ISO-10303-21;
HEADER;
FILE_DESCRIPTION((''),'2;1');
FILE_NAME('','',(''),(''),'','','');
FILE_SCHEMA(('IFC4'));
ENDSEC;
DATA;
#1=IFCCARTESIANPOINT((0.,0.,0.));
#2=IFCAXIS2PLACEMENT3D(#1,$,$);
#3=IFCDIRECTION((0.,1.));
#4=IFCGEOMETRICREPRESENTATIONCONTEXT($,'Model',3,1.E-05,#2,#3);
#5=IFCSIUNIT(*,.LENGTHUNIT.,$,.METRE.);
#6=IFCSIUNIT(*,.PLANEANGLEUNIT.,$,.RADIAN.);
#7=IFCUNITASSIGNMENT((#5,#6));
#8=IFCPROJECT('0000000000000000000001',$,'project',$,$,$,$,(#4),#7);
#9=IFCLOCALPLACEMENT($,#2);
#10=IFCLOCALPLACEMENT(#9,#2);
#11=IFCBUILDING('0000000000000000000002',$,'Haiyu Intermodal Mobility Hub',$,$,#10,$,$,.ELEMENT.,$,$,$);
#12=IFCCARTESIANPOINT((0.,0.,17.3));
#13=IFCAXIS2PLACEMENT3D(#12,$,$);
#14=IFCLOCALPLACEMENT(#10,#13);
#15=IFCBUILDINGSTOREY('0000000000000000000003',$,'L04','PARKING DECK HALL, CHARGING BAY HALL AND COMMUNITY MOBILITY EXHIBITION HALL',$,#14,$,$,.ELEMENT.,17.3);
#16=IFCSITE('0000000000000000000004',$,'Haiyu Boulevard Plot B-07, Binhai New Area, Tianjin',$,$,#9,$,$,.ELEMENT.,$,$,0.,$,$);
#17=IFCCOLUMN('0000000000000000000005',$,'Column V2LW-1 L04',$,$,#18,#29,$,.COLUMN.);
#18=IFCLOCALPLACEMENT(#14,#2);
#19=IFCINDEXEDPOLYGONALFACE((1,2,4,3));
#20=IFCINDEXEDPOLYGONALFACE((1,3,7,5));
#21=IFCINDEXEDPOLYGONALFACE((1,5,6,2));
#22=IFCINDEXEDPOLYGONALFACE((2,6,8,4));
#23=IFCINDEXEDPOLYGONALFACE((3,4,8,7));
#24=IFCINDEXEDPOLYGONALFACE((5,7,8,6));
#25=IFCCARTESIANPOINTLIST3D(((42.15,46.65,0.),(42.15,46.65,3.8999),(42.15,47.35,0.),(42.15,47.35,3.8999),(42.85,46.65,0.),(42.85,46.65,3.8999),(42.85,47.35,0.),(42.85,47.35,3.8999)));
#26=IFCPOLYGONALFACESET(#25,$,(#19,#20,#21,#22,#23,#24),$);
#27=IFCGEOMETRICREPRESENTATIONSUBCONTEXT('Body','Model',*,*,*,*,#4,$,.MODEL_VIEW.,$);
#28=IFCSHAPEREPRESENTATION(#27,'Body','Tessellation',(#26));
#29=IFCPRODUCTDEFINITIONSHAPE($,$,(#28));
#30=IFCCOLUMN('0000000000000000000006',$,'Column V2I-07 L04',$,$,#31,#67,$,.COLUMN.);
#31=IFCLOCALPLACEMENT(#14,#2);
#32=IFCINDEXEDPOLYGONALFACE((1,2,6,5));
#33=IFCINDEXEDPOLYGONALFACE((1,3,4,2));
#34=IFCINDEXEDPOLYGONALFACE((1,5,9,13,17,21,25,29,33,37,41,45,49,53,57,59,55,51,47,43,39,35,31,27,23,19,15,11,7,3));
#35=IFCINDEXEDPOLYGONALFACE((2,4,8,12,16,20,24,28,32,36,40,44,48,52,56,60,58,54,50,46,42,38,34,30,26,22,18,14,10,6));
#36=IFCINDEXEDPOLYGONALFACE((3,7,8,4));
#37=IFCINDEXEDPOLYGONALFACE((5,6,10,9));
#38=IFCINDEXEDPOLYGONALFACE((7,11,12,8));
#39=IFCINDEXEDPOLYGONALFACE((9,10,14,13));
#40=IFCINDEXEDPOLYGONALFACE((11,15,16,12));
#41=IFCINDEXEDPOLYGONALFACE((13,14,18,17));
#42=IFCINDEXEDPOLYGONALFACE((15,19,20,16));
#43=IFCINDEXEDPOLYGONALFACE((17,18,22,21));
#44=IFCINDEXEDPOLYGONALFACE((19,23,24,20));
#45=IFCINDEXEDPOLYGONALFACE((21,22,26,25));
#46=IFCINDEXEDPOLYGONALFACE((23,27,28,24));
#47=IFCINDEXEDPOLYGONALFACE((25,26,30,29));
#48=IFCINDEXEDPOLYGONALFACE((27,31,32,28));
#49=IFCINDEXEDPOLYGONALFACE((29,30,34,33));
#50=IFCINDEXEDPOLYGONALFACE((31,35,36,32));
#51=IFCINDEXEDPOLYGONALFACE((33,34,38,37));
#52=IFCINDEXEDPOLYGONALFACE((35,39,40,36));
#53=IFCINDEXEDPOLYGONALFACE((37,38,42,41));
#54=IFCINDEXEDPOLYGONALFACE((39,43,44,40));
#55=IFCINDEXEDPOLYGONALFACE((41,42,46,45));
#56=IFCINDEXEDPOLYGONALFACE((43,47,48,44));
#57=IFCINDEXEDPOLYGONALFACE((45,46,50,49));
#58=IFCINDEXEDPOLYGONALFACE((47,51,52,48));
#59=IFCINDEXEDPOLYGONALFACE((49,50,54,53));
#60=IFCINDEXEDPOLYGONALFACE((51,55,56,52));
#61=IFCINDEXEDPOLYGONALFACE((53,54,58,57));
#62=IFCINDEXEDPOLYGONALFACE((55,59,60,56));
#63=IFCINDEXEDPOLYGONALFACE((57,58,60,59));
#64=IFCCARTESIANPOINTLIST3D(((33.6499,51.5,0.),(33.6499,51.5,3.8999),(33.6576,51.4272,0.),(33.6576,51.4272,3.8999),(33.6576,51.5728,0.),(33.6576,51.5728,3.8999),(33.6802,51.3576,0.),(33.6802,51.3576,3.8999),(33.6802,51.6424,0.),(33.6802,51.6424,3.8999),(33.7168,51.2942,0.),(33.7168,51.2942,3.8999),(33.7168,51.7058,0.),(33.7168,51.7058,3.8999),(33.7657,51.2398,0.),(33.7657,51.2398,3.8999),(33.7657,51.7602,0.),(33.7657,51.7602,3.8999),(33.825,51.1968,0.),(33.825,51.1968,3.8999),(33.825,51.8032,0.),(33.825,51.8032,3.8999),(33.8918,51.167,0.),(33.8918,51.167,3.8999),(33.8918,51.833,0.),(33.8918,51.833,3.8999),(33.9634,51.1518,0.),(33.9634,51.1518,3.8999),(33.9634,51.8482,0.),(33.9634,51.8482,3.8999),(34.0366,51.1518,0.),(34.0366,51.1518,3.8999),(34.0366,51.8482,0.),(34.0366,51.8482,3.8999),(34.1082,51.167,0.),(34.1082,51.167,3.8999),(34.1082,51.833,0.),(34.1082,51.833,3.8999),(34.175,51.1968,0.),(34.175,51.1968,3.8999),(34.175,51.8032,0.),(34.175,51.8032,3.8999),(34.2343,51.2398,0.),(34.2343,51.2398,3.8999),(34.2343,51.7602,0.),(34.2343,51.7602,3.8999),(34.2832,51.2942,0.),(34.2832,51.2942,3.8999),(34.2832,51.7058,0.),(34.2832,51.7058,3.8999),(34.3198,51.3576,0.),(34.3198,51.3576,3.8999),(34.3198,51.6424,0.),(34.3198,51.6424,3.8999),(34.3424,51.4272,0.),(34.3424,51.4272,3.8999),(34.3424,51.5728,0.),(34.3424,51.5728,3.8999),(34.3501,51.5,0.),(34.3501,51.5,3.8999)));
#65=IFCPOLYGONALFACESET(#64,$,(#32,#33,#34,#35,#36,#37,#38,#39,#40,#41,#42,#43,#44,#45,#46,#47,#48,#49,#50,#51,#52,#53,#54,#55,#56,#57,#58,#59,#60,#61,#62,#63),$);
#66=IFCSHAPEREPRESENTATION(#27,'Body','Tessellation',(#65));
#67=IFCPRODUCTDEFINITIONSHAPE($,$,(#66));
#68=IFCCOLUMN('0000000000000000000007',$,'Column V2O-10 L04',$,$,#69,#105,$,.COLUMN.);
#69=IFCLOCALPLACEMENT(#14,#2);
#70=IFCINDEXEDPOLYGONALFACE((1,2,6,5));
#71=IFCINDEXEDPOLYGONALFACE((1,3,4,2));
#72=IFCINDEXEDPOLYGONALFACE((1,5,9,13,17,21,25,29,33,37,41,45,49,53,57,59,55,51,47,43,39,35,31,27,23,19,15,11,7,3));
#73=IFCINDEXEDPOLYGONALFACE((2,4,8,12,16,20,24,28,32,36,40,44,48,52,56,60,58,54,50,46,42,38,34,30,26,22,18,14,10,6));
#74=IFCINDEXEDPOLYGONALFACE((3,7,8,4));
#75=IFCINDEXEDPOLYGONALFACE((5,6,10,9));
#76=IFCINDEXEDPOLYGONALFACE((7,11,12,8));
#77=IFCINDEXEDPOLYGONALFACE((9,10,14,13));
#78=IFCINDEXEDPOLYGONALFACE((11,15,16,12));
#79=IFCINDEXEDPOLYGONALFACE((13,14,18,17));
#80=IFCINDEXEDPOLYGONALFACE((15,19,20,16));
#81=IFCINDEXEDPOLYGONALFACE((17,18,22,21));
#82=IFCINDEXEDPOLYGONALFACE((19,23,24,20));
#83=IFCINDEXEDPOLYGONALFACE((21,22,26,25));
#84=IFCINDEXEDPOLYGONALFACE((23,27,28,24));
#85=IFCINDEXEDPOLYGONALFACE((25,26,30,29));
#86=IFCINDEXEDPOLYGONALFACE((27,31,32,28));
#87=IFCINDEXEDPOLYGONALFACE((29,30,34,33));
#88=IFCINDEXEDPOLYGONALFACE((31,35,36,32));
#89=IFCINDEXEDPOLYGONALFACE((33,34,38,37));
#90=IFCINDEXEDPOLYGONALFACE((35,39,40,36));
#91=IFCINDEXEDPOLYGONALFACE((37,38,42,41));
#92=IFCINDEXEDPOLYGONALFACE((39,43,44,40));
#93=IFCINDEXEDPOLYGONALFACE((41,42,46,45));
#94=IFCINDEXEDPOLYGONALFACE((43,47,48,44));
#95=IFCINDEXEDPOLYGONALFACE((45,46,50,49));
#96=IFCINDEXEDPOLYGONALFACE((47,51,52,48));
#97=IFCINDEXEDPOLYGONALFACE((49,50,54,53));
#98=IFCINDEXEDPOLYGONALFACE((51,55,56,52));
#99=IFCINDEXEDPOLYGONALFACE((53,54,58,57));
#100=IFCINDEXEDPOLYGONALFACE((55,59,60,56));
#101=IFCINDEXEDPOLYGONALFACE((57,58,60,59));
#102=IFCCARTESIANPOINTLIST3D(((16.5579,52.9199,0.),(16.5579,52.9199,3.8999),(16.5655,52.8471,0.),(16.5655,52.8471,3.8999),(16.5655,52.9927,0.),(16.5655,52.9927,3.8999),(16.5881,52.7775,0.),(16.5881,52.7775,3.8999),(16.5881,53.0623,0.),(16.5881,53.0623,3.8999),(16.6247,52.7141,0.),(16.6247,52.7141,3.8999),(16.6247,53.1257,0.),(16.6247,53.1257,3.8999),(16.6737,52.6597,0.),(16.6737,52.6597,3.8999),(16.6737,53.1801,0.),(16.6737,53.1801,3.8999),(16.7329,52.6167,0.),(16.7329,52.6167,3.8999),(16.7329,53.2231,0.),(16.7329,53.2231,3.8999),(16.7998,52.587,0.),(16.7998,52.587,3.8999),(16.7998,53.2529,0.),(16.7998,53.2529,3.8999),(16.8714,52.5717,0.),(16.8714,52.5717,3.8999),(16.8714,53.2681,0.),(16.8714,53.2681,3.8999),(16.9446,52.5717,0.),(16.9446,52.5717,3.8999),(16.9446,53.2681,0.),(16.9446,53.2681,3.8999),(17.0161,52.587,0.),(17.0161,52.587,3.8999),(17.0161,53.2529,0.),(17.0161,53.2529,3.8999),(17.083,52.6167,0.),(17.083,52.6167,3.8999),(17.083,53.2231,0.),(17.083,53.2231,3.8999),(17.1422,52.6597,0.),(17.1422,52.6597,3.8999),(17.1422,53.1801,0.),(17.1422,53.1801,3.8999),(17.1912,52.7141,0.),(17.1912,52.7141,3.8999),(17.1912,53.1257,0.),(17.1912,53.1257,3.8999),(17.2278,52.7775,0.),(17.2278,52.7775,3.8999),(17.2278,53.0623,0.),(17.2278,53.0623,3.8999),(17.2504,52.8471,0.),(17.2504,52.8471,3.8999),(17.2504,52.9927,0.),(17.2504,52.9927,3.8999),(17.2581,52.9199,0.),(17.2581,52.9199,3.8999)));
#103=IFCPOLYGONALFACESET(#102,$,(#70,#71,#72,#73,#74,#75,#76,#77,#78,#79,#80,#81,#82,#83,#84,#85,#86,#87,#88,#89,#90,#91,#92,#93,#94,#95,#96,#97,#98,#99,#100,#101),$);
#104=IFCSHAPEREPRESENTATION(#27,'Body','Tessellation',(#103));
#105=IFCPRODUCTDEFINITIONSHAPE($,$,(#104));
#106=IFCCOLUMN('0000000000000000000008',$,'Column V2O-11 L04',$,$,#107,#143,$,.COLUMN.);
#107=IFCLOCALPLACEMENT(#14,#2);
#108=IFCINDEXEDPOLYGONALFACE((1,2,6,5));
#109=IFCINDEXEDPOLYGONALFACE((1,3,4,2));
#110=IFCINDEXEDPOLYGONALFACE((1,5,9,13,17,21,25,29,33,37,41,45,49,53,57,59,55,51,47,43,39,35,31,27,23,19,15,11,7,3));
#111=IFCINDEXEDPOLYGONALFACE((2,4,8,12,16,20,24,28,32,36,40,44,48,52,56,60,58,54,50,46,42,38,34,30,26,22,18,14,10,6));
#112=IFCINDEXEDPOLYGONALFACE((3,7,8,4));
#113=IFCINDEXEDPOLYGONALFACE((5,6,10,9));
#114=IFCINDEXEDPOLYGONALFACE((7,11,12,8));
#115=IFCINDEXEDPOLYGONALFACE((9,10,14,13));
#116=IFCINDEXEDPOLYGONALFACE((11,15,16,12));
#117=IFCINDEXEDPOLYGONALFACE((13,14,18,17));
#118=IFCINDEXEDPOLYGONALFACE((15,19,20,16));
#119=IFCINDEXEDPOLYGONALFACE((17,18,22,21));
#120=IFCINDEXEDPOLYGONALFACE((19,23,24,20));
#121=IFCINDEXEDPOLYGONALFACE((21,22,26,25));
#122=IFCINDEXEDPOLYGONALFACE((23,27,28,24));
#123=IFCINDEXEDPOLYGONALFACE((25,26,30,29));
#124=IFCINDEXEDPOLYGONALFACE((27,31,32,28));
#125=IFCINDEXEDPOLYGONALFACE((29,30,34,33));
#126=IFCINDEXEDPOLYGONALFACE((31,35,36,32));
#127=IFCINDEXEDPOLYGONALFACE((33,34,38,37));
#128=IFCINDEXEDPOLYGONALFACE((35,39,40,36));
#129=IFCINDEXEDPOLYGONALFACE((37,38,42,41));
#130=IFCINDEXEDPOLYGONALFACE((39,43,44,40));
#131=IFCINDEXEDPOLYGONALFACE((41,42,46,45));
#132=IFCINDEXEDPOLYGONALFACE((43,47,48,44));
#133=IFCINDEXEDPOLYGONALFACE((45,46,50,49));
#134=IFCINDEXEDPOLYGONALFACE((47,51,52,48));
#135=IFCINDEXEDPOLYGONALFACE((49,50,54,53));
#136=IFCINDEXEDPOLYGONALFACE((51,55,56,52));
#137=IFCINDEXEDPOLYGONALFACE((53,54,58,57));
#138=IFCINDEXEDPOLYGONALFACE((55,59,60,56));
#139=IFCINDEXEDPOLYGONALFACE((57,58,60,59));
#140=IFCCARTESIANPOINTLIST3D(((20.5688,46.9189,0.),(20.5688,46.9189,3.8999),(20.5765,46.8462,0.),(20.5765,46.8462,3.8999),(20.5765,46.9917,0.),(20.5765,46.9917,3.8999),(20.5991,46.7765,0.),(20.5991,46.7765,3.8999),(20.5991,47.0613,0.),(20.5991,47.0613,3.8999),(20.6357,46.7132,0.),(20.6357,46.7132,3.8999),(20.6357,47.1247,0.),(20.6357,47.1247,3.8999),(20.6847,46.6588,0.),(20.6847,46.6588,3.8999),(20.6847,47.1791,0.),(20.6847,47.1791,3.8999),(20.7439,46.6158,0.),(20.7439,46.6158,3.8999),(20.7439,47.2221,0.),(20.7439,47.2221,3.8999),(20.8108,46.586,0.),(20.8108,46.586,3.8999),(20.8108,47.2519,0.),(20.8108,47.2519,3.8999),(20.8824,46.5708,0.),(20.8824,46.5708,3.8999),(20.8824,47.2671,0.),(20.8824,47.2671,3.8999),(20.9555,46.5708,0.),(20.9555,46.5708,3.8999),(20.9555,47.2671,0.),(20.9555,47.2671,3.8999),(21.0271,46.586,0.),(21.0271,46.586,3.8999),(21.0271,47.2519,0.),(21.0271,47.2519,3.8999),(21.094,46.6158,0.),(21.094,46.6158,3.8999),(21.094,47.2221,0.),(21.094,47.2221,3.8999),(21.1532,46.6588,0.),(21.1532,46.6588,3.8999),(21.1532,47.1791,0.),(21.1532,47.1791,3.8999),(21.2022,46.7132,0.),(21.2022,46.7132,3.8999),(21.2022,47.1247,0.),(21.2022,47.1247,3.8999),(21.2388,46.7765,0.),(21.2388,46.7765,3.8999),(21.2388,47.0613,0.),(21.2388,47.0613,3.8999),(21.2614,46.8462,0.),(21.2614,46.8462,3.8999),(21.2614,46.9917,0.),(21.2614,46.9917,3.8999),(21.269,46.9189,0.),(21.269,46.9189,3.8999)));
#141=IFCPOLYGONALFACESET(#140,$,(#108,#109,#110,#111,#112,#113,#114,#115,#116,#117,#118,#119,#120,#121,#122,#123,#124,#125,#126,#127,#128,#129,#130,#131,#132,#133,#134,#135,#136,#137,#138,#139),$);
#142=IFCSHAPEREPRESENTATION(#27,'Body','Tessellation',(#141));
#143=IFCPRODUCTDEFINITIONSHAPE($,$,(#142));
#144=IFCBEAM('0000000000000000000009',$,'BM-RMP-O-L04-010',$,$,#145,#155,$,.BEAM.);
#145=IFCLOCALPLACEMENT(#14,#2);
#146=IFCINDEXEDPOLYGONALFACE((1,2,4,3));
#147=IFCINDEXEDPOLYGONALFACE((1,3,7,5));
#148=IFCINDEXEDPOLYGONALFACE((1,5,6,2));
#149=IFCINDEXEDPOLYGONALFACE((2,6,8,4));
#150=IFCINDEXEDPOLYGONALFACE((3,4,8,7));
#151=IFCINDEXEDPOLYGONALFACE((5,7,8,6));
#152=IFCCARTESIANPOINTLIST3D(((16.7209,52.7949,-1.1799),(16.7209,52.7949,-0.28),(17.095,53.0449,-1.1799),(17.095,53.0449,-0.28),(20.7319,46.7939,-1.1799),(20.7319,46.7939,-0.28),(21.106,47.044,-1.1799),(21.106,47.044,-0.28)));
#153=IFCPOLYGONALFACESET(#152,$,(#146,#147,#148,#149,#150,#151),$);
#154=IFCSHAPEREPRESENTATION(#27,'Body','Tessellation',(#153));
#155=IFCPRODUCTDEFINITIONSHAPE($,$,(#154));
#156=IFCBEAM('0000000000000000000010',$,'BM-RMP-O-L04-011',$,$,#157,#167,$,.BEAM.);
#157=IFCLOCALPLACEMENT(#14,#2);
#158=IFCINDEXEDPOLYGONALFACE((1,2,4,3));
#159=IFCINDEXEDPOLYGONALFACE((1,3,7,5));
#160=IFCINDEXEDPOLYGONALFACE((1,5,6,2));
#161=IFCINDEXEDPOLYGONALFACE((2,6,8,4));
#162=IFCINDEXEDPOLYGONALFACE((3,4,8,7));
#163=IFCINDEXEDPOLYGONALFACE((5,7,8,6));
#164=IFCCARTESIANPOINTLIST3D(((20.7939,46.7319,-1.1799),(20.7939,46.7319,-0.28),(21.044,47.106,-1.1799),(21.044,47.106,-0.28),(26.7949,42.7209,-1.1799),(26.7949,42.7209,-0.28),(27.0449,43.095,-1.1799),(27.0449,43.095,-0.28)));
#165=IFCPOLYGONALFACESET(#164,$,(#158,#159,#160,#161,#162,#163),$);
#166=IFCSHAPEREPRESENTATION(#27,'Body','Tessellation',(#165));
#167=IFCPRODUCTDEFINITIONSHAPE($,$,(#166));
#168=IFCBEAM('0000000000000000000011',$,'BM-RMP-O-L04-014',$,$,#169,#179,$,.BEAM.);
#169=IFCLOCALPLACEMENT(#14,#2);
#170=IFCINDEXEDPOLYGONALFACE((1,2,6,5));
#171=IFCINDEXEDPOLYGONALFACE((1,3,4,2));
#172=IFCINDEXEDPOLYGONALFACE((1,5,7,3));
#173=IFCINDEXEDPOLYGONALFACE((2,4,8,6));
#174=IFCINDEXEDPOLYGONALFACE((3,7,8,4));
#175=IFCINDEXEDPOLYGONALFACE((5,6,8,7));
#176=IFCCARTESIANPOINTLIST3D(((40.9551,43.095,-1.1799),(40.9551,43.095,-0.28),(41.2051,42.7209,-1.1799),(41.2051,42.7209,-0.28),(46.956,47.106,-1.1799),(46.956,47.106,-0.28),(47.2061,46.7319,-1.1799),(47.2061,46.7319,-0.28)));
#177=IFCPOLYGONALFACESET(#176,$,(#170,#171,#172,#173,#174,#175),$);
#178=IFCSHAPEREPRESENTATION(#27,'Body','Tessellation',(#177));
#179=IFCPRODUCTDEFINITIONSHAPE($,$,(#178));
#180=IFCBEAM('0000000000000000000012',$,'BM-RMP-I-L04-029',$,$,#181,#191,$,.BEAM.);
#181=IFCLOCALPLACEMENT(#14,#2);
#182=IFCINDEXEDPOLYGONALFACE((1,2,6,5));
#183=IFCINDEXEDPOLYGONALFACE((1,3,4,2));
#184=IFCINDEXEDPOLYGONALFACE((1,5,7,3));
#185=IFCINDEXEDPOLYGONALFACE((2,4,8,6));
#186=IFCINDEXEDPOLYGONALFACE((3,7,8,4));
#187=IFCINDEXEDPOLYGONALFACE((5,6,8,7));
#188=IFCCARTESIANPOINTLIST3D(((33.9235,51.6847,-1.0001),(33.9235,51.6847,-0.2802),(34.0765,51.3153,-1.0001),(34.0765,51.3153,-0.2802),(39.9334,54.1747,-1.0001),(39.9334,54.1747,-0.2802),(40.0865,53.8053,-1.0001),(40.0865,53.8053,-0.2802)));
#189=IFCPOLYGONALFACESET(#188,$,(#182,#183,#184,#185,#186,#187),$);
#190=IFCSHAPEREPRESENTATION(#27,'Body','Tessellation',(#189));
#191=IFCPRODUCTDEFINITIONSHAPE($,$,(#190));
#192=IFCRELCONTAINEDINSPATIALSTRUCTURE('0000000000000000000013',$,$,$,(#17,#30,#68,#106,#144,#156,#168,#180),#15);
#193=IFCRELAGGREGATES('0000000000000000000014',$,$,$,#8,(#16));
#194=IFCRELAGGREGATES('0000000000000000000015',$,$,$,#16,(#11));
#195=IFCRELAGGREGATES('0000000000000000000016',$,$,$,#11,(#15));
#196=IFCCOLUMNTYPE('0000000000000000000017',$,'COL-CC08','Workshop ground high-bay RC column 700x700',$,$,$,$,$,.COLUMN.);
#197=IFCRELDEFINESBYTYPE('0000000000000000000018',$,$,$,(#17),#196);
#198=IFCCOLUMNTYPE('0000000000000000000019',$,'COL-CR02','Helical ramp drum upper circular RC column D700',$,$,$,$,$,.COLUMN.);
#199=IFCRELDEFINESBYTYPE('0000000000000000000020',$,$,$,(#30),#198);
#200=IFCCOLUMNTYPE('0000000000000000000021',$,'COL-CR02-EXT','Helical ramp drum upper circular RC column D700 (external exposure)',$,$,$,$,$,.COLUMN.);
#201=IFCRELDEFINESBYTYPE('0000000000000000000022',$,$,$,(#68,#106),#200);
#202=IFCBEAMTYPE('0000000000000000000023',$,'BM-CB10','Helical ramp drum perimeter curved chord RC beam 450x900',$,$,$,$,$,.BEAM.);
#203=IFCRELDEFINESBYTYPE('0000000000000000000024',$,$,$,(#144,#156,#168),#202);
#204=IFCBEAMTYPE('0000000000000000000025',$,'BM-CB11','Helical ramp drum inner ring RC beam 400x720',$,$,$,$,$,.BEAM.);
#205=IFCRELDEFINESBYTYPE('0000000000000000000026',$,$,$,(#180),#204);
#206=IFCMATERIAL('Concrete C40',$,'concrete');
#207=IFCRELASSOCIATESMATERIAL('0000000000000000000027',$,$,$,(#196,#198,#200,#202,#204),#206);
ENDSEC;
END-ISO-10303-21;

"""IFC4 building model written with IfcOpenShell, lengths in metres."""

from ifc_helpers import new_model, si_unit, direction, frame, origin, origin_2d, place, context, subcontext, project, spatial, rectangle, circle, extrude, material, material_profile, profile_set, type_object, element, save


model = new_model("IFC4")

# Units and contexts
model_context = context("Model", 3, precision=1e-05, world=origin(), true_north=direction((0.0, 1.0)))
body_context = subcontext(model_context, "Body", "Model", "MODEL_VIEW")
ifc_project = project(units=[si_unit("LENGTHUNIT", "METRE"), si_unit("PLANEANGLEUNIT", "RADIAN")], contexts=[model_context])

# Site, building, storey
site_placement = place(None, origin())
site = spatial("IfcSite", under=ifc_project, at=site_placement, Name="Haiyu Boulevard Plot B-07, Binhai New Area, Tianjin", CompositionType="ELEMENT", RefElevation=0.0)
building_placement = place(site_placement, origin())
building = spatial("IfcBuilding", under=site, at=building_placement, Name="Haiyu Intermodal Mobility Hub", CompositionType="ELEMENT")
storey_placement = place(building_placement, frame((0.0, 0.0, 17.3)))
storey = spatial("IfcBuildingStorey", under=building, at=storey_placement, Name="L04", Description="PARKING DECK HALL, CHARGING BAY HALL AND COMMUNITY MOBILITY EXHIBITION HALL", CompositionType="ELEMENT", Elevation=17.3)

# Columns
ifc_material_1 = material(Name="Concrete C40", Category="concrete")
ifc_material_profile_1 = material_profile(ifc_material_1, rectangle(XDim=0.7, YDim=0.7, at=origin_2d()), Name="RC700x700")
ifc_profile_set_1 = profile_set([ifc_material_profile_1], Name="Concrete C40")
column_type_1 = type_object("IfcColumnType", Name="COL-CC08", Description="Workshop ground high-bay RC column 700x700", PredefinedType="COLUMN", material=ifc_profile_set_1)
column_1_placement = place(storey_placement, frame((42.5, 47.0, 0.0), z_axis=(0.0, 0.0, 1.0), x_axis=(1.0, 0.0, 0.0)))
element("IfcColumn", 1, at=column_1_placement, inside=storey, type_object=column_type_1, Name="Column V2LW-1 L04", PredefinedType="COLUMN", context=body_context, shape_type="SweptSolid", body=[
    extrude(rectangle(XDim=0.7, YDim=0.7, at=origin_2d()), origin(), (0.0, 0.0, 1.0), 3.8999),
])
ifc_material_profile_2 = material_profile(ifc_material_1, circle(Radius=0.3501, at=origin_2d()), Name="RCCOL-D700")
ifc_profile_set_2 = profile_set([ifc_material_profile_2], Name="Concrete C40")
column_type_2 = type_object("IfcColumnType", Name="COL-CR02", Description="Helical ramp drum upper circular RC column D700", PredefinedType="COLUMN", material=ifc_profile_set_2)
column_2_placement = place(storey_placement, frame((34.0, 51.5, 0.0), z_axis=(0.0, 0.0, 1.0), x_axis=(1.0, 0.0, 0.0)))
element("IfcColumn", 2, at=column_2_placement, inside=storey, type_object=column_type_2, Name="Column V2I-07 L04", PredefinedType="COLUMN", context=body_context, shape_type="SweptSolid", body=[
    extrude(circle(Radius=0.3501, at=origin_2d()), origin(), (0.0, 0.0, 1.0), 3.8999),
])
ifc_material_profile_3 = material_profile(ifc_material_1, circle(Radius=0.3501, at=origin_2d()), Name="RCCOL-D700")
ifc_profile_set_3 = profile_set([ifc_material_profile_3], Name="Concrete C40")
column_type_3 = type_object("IfcColumnType", Name="COL-CR02-EXT", Description="Helical ramp drum upper circular RC column D700 (external exposure)", PredefinedType="COLUMN", material=ifc_profile_set_3)
for number, where, z_axis, x_axis, name in (
    (3, (16.908, 52.9199, 0.0), (0.0, 0.0, 1.0), (1.0, 0.0, 0.0), "Column V2O-10 L04"),
    (4, (20.9189, 46.9189, 0.0), (0.0, 0.0, 1.0), (1.0, 0.0, 0.0), "Column V2O-11 L04"),
):
    element("IfcColumn", number, at=place(storey_placement, frame(where, z_axis=z_axis, x_axis=x_axis)), inside=storey, type_object=column_type_3, Name=name, PredefinedType="COLUMN", context=body_context, shape_type="SweptSolid", body=[
        extrude(circle(Radius=0.3501, at=origin_2d()), origin(), (0.0, 0.0, 1.0), 3.8999),
    ])

# Beams
ifc_material_profile_4 = material_profile(ifc_material_1, rectangle(XDim=0.45, YDim=0.8999, at=origin_2d()), Name="RCB450x900")
ifc_profile_set_4 = profile_set([ifc_material_profile_4], Name="Concrete C40")
beam_type_1 = type_object("IfcBeamType", Name="BM-CB10", Description="Helical ramp drum perimeter curved chord RC beam 450x900", PredefinedType="BEAM", material=ifc_profile_set_4)
for number, where, z_axis, x_axis, name in (
    (5, (16.908, 52.9199, -0.73), (0.555691, -0.831389, 0.0), (0.831389, 0.555691, 0.0), "BM-RMP-O-L04-010"),
    (6, (20.9189, 46.9189, -0.73), (0.831389, -0.555691, 0.0), (0.555691, 0.831389, 0.0), "BM-RMP-O-L04-011"),
    (7, (41.0801, 42.908, -0.73), (0.831389, 0.555691, 0.0), (-0.555691, 0.831389, 0.0), "BM-RMP-O-L04-014"),
):
    element("IfcBeam", number, at=place(storey_placement, frame(where, z_axis=z_axis, x_axis=x_axis)), inside=storey, type_object=beam_type_1, Name=name, PredefinedType="BEAM", context=body_context, shape_type="SweptSolid", body=[
        extrude(rectangle(XDim=0.45, YDim=0.8999, at=origin_2d()), origin(), (0.0, 0.0, 1.0), 7.218),
    ])
ifc_material_profile_5 = material_profile(ifc_material_1, rectangle(XDim=0.3999, YDim=0.72, at=origin_2d()), Name="RCB400x720")
ifc_profile_set_5 = profile_set([ifc_material_profile_5], Name="Concrete C40")
beam_type_2 = type_object("IfcBeamType", Name="BM-CB11", Description="Helical ramp drum inner ring RC beam 400x720", PredefinedType="BEAM", material=ifc_profile_set_5)
beam_placement = place(storey_placement, frame((34.0, 51.5, -0.6401), z_axis=(0.923849, 0.382757, 0.0), x_axis=(-0.382757, 0.923849, 0.0)))
element("IfcBeam", 8, at=beam_placement, inside=storey, type_object=beam_type_2, Name="BM-RMP-I-L04-029", PredefinedType="BEAM", context=body_context, shape_type="SweptSolid", body=[
    extrude(rectangle(XDim=0.3999, YDim=0.72, at=origin_2d()), origin(), (0.0, 0.0, 1.0), 6.5054),
])

save(model, "model.ifc")
